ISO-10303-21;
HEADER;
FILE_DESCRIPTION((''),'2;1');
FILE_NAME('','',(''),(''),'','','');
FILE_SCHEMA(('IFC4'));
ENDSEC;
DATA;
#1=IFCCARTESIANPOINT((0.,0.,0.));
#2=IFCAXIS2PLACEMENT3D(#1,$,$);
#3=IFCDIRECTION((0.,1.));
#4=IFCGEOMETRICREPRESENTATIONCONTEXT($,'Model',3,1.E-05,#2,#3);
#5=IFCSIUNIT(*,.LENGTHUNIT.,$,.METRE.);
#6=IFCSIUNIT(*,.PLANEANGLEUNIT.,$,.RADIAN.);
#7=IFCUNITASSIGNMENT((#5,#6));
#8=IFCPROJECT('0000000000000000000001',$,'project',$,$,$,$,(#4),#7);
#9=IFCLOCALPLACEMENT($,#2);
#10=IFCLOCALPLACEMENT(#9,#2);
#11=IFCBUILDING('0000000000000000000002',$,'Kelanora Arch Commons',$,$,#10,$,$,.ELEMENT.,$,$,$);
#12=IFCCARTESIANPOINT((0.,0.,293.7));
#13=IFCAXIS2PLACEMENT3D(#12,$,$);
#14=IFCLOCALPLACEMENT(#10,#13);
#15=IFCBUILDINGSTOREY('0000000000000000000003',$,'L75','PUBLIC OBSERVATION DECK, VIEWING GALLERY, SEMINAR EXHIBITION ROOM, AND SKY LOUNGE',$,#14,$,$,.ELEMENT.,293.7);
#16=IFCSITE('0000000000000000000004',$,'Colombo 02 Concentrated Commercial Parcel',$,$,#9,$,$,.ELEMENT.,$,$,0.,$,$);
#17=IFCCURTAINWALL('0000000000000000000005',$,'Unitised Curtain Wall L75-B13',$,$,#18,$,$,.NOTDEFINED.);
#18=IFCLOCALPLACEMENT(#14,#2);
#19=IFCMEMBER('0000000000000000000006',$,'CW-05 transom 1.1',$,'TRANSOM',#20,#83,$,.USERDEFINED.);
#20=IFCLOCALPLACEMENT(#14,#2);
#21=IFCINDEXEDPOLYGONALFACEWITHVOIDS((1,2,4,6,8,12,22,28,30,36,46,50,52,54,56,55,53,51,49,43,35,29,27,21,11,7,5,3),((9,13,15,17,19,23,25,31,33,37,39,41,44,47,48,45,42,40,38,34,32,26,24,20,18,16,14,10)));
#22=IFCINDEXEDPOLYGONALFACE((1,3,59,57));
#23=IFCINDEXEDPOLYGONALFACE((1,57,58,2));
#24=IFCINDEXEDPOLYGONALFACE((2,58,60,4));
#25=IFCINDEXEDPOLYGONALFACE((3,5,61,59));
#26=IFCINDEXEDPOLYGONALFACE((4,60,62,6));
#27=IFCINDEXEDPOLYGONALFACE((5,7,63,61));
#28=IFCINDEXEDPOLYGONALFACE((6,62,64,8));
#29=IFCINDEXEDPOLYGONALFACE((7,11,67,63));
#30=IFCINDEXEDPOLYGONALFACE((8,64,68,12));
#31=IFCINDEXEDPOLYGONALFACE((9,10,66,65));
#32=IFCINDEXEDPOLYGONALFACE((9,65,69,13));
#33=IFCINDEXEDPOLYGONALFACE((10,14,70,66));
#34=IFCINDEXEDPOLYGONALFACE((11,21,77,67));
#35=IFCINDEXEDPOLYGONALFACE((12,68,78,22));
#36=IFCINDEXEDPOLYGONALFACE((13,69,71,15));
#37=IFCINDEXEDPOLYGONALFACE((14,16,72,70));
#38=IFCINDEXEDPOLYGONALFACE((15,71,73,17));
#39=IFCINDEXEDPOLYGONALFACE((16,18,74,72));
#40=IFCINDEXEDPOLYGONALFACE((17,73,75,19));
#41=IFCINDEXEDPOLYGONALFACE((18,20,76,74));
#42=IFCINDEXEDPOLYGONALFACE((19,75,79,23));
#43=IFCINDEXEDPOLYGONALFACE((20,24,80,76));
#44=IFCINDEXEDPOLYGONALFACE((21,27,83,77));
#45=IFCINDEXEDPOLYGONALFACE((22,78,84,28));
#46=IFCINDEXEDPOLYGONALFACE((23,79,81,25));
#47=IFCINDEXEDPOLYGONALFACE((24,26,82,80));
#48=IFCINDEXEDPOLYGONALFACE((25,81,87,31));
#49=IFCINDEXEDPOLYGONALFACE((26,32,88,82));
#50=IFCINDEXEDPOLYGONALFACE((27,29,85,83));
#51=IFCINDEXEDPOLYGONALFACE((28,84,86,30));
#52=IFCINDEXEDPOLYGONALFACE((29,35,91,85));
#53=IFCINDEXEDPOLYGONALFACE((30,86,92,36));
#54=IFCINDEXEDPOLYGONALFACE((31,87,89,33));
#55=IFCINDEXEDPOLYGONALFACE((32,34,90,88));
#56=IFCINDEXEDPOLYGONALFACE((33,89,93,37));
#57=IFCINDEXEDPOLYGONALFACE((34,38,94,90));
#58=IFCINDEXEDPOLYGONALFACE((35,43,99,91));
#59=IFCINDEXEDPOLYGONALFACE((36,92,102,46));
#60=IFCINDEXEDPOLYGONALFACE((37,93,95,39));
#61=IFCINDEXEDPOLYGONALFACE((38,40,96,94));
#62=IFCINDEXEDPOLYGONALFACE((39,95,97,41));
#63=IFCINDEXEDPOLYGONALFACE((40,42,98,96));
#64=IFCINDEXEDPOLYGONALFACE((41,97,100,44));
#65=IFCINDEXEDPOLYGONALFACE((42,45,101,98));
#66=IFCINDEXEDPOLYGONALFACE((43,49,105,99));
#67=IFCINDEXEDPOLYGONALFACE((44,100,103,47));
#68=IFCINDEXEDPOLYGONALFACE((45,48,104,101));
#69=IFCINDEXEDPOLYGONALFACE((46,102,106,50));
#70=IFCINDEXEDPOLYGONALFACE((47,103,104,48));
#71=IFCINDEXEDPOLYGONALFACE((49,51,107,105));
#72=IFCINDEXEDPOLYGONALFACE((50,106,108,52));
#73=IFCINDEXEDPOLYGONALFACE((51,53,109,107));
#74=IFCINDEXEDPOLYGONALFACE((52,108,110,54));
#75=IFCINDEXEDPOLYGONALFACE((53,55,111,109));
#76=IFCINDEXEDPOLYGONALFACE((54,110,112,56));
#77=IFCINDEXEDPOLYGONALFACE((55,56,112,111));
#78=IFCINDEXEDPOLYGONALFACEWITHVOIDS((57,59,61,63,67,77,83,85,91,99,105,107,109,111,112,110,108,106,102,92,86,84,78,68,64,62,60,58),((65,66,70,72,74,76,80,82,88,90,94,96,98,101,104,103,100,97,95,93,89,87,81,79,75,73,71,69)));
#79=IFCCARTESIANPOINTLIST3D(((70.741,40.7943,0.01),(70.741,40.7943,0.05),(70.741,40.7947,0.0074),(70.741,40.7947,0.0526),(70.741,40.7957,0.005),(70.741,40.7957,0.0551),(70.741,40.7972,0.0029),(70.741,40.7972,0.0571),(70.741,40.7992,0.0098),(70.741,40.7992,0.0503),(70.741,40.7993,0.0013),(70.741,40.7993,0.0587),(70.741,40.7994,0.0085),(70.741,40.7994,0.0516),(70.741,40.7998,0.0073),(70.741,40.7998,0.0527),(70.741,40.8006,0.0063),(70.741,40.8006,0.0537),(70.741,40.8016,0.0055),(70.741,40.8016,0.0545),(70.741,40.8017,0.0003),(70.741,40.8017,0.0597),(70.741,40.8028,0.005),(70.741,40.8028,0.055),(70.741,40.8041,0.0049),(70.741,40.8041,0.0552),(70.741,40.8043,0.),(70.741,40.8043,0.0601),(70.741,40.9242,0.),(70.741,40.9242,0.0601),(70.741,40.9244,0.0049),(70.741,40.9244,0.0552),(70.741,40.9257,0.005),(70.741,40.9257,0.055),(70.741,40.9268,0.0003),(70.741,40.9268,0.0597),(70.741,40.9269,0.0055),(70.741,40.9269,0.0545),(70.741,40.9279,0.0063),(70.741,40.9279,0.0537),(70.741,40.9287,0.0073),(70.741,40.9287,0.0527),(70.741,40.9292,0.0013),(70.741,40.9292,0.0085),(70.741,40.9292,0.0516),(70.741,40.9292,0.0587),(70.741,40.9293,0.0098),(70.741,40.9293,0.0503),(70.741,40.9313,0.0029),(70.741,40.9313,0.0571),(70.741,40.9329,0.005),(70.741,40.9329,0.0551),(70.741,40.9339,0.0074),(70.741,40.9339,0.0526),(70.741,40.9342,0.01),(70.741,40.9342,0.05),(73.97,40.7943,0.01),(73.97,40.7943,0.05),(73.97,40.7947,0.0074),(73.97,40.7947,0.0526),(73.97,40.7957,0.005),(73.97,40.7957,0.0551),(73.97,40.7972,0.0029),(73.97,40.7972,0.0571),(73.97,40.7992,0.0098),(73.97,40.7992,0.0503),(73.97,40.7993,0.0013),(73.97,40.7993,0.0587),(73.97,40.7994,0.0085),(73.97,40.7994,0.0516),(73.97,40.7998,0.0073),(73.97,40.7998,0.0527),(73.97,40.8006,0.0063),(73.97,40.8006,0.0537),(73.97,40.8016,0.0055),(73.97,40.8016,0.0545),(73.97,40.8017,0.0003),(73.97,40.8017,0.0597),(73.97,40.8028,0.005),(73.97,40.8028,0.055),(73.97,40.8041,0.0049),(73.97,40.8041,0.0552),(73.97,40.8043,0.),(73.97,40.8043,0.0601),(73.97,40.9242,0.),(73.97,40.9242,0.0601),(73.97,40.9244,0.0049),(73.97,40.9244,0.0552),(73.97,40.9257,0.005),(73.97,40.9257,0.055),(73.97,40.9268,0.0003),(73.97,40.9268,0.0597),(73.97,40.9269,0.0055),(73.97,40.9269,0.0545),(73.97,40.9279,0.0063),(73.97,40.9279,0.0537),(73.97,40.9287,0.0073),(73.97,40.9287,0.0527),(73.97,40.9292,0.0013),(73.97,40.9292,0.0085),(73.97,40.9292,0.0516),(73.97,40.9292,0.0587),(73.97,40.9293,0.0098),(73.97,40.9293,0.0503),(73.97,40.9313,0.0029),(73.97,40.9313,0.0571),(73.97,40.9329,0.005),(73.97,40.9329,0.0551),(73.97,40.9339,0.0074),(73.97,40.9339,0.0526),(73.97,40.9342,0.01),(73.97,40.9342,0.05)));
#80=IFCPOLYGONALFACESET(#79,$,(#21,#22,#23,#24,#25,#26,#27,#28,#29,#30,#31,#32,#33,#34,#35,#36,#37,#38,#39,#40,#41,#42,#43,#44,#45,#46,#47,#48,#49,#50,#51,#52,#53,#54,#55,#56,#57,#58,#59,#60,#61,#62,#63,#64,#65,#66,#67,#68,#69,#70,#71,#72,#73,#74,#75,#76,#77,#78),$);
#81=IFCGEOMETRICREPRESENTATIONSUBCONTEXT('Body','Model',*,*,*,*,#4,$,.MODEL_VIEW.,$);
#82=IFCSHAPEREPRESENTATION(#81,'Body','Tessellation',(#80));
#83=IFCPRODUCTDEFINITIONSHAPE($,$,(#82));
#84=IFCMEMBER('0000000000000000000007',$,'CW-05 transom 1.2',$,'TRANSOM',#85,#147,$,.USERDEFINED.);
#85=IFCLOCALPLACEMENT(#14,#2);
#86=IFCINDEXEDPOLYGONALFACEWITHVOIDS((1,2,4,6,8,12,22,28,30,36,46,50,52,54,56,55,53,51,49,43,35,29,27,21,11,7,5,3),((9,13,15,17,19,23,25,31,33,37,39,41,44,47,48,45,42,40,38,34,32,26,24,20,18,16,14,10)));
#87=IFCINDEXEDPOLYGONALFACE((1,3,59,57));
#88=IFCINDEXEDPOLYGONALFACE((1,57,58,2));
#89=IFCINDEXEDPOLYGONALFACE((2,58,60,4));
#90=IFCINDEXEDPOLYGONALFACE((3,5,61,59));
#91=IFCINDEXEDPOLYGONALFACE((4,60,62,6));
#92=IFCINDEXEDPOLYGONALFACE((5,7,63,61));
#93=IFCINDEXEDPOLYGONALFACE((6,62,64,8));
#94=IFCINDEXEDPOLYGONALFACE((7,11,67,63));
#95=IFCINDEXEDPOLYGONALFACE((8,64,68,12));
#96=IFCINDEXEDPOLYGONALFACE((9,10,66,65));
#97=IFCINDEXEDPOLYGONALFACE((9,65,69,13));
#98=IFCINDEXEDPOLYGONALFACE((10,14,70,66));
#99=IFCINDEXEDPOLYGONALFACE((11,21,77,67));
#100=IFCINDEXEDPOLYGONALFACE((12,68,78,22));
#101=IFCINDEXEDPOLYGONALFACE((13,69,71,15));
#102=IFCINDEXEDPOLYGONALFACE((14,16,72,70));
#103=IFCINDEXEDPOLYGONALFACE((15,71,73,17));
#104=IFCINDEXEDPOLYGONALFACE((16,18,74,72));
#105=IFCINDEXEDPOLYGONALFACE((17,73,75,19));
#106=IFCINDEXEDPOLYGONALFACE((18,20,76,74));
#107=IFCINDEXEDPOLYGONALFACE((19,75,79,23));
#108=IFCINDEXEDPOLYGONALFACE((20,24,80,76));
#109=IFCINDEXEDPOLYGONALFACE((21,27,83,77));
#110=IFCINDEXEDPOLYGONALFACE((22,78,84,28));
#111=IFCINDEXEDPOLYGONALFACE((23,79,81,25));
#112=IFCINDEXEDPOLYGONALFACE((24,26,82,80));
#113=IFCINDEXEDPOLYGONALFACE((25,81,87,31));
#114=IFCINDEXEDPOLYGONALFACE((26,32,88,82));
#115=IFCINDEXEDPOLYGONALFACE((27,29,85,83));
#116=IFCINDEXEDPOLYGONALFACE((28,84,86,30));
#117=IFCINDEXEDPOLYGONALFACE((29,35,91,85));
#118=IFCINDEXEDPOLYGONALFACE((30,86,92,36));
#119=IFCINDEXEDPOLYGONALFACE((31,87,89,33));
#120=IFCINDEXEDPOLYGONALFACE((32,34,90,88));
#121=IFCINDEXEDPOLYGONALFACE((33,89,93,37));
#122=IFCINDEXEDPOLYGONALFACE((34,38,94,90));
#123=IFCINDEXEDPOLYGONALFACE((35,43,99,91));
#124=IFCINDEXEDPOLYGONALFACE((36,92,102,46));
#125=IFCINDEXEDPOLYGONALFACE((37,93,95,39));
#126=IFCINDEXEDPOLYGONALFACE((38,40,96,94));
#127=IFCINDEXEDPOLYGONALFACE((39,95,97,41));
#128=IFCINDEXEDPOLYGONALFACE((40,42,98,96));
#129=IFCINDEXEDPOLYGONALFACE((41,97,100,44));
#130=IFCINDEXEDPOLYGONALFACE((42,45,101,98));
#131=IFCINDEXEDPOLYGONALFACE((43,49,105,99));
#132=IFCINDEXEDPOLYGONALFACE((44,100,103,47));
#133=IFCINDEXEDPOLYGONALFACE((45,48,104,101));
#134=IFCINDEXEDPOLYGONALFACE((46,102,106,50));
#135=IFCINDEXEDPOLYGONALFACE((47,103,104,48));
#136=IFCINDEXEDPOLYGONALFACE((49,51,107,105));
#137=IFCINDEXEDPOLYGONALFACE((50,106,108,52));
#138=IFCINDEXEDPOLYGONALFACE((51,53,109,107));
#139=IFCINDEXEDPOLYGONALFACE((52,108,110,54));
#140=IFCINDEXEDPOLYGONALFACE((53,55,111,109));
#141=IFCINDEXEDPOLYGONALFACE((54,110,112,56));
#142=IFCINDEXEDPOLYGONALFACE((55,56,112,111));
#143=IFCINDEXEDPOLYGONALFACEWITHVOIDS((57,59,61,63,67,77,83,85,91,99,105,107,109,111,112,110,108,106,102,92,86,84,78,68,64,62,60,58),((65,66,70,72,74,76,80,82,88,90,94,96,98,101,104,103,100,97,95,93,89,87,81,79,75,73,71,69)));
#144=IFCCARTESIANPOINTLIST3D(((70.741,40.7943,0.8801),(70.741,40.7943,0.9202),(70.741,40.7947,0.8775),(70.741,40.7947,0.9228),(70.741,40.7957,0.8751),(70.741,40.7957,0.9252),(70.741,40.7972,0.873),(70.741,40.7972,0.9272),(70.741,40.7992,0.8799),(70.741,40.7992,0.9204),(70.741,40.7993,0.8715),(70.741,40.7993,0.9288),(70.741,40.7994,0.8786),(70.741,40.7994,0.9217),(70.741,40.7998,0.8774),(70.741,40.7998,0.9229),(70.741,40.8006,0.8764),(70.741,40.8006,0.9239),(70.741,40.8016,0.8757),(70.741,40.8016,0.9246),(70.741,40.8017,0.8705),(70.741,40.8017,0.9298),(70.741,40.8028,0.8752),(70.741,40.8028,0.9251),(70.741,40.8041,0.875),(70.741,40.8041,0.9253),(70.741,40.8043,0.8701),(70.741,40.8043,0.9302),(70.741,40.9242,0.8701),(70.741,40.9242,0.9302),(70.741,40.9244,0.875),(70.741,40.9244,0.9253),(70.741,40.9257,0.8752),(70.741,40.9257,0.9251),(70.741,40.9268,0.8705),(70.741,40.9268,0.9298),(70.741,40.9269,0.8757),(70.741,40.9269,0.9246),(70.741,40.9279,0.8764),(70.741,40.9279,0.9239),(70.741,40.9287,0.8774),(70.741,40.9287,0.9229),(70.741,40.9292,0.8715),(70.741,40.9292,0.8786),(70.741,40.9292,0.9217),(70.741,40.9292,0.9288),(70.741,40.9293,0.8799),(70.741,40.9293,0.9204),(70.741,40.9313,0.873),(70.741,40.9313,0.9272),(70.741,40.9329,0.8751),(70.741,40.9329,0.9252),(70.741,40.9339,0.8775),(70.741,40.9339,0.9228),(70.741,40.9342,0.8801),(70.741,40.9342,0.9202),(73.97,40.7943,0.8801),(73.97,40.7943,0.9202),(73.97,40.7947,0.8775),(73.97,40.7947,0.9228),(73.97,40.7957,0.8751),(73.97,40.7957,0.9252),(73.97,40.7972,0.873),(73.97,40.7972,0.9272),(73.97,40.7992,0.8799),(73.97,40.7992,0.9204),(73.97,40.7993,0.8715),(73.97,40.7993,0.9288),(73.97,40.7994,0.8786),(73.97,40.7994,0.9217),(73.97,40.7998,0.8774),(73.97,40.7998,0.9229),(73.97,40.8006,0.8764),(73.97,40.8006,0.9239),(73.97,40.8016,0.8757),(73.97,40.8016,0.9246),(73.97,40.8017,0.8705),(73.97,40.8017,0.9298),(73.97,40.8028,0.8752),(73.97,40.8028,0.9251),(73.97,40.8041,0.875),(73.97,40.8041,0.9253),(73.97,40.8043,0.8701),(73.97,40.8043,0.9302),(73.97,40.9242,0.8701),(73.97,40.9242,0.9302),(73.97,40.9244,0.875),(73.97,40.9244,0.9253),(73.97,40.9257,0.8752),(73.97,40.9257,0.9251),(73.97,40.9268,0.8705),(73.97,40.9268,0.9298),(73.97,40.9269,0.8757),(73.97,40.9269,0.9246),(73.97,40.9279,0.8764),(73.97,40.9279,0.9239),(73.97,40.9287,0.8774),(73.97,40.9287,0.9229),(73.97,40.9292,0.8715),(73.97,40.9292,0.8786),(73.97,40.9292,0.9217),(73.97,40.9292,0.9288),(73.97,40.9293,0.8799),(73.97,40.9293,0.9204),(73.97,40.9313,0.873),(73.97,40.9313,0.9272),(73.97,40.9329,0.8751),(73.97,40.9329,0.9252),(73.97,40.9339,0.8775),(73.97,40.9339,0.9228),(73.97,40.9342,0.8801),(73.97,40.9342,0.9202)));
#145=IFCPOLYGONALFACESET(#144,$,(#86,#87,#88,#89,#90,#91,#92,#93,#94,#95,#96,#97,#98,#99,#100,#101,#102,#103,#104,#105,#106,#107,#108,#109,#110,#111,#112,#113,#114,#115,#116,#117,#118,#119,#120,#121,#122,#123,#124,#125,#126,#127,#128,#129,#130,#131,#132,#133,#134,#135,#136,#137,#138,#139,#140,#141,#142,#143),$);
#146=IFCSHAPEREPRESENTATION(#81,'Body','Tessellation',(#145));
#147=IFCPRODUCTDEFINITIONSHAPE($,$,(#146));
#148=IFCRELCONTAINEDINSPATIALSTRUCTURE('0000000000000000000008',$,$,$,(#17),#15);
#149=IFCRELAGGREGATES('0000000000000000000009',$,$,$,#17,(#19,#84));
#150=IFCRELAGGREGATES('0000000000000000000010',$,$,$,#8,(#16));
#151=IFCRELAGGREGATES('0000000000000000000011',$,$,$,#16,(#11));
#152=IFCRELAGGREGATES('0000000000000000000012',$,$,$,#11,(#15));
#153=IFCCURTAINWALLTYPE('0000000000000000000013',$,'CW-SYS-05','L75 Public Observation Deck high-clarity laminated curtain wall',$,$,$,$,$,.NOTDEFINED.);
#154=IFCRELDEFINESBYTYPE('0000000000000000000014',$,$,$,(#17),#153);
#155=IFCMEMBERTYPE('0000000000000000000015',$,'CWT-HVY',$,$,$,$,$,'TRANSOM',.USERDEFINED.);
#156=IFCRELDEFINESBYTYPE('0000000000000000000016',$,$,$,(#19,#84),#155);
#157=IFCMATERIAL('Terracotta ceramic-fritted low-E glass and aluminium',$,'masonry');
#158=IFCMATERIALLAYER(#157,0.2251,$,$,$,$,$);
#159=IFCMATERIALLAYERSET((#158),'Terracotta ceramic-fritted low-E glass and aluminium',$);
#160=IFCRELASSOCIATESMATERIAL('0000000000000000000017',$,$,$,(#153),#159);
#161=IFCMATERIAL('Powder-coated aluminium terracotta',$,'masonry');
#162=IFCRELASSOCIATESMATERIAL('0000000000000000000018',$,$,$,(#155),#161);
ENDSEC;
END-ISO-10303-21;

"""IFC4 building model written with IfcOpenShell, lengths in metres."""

from ifc_helpers import new_model, si_unit, direction, frame, origin, origin_2d, place, context, subcontext, project, spatial, hollow_rectangle, extrude, material, layer, layer_set, material_profile, profile_set, type_object, element, aggregate, save


model = new_model("IFC4")

# Units and contexts
model_context = context("Model", 3, precision=1e-05, world=origin(), true_north=direction((0.0, 1.0)))
body_context = subcontext(model_context, "Body", "Model", "MODEL_VIEW")
ifc_project = project(units=[si_unit("LENGTHUNIT", "METRE"), si_unit("PLANEANGLEUNIT", "RADIAN")], contexts=[model_context])

# Site, building, storey
site_placement = place(None, origin())
site = spatial("IfcSite", under=ifc_project, at=site_placement, Name="Colombo 02 Concentrated Commercial Parcel", CompositionType="ELEMENT", RefElevation=0.0)
building_placement = place(site_placement, origin())
building = spatial("IfcBuilding", under=site, at=building_placement, Name="Kelanora Arch Commons", CompositionType="ELEMENT")
storey_placement = place(building_placement, frame((0.0, 0.0, 293.7)))
storey = spatial("IfcBuildingStorey", under=building, at=storey_placement, Name="L75", Description="PUBLIC OBSERVATION DECK, VIEWING GALLERY, SEMINAR EXHIBITION ROOM, AND SKY LOUNGE", CompositionType="ELEMENT", Elevation=293.7)

# Shared definitions
ifc_material_1 = material(Name="Terracotta ceramic-fritted low-E glass and aluminium", Category="masonry")
ifc_layer_1 = layer(ifc_material_1, 0.2251)
ifc_layer_set_1 = layer_set([ifc_layer_1], Name="Terracotta ceramic-fritted low-E glass and aluminium")
curtain_wall_type = type_object("IfcCurtainWallType", Name="CW-SYS-05", Description="L75 Public Observation Deck high-clarity laminated curtain wall", PredefinedType="NOTDEFINED", material=ifc_layer_set_1)
ifc_material_2 = material(Name="Powder-coated aluminium terracotta", Category="masonry")

# Curtain wall
curtain_wall_1_placement = place(storey_placement, origin())
curtain_wall_1 = element("IfcCurtainWall", 1, at=curtain_wall_1_placement, inside=storey, type_object=curtain_wall_type, Name="Unitised Curtain Wall L75-B13", PredefinedType="NOTDEFINED")

# Members
ifc_material_profile_1 = material_profile(ifc_material_2, hollow_rectangle(XDim=0.1399, YDim=0.0601, WallThickness=0.0049, InnerFilletRadius=0.0049, OuterFilletRadius=0.01, at=origin_2d()), Name="CWT140x60")
ifc_profile_set_1 = profile_set([ifc_material_profile_1], Name="Powder-coated aluminium terracotta")
member_type_1 = type_object("IfcMemberType", Name="CWT-HVY", ElementType="TRANSOM", PredefinedType="USERDEFINED", material=ifc_profile_set_1)
member_1_placement = place(storey_placement, frame((70.741, 40.8643, 0.03), z_axis=(1.0, 0.0, 0.0), x_axis=(0.0, 1.0, 0.0)))
member_1 = element("IfcMember", 2, at=member_1_placement, type_object=member_type_1, Name="CW-05 transom 1.1", ObjectType="TRANSOM", PredefinedType="USERDEFINED", context=body_context, shape_type="SweptSolid", body=[
    extrude(hollow_rectangle(XDim=0.1399, YDim=0.0601, WallThickness=0.0049, InnerFilletRadius=0.0049, OuterFilletRadius=0.01, at=origin_2d()), origin(), (0.0, 0.0, 1.0), 3.229),
])
member_2_placement = place(storey_placement, frame((70.741, 40.8643, 0.9001), z_axis=(1.0, 0.0, 0.0), x_axis=(0.0, 1.0, 0.0)))
member_2 = element("IfcMember", 3, at=member_2_placement, type_object=member_type_1, Name="CW-05 transom 1.2", ObjectType="TRANSOM", PredefinedType="USERDEFINED", context=body_context, shape_type="SweptSolid", body=[
    extrude(hollow_rectangle(XDim=0.1399, YDim=0.0601, WallThickness=0.0049, InnerFilletRadius=0.0049, OuterFilletRadius=0.01, at=origin_2d()), origin(), (0.0, 0.0, 1.0), 3.229),
])

aggregate(curtain_wall_1, [member_1, member_2])

save(model, "model.ifc")
